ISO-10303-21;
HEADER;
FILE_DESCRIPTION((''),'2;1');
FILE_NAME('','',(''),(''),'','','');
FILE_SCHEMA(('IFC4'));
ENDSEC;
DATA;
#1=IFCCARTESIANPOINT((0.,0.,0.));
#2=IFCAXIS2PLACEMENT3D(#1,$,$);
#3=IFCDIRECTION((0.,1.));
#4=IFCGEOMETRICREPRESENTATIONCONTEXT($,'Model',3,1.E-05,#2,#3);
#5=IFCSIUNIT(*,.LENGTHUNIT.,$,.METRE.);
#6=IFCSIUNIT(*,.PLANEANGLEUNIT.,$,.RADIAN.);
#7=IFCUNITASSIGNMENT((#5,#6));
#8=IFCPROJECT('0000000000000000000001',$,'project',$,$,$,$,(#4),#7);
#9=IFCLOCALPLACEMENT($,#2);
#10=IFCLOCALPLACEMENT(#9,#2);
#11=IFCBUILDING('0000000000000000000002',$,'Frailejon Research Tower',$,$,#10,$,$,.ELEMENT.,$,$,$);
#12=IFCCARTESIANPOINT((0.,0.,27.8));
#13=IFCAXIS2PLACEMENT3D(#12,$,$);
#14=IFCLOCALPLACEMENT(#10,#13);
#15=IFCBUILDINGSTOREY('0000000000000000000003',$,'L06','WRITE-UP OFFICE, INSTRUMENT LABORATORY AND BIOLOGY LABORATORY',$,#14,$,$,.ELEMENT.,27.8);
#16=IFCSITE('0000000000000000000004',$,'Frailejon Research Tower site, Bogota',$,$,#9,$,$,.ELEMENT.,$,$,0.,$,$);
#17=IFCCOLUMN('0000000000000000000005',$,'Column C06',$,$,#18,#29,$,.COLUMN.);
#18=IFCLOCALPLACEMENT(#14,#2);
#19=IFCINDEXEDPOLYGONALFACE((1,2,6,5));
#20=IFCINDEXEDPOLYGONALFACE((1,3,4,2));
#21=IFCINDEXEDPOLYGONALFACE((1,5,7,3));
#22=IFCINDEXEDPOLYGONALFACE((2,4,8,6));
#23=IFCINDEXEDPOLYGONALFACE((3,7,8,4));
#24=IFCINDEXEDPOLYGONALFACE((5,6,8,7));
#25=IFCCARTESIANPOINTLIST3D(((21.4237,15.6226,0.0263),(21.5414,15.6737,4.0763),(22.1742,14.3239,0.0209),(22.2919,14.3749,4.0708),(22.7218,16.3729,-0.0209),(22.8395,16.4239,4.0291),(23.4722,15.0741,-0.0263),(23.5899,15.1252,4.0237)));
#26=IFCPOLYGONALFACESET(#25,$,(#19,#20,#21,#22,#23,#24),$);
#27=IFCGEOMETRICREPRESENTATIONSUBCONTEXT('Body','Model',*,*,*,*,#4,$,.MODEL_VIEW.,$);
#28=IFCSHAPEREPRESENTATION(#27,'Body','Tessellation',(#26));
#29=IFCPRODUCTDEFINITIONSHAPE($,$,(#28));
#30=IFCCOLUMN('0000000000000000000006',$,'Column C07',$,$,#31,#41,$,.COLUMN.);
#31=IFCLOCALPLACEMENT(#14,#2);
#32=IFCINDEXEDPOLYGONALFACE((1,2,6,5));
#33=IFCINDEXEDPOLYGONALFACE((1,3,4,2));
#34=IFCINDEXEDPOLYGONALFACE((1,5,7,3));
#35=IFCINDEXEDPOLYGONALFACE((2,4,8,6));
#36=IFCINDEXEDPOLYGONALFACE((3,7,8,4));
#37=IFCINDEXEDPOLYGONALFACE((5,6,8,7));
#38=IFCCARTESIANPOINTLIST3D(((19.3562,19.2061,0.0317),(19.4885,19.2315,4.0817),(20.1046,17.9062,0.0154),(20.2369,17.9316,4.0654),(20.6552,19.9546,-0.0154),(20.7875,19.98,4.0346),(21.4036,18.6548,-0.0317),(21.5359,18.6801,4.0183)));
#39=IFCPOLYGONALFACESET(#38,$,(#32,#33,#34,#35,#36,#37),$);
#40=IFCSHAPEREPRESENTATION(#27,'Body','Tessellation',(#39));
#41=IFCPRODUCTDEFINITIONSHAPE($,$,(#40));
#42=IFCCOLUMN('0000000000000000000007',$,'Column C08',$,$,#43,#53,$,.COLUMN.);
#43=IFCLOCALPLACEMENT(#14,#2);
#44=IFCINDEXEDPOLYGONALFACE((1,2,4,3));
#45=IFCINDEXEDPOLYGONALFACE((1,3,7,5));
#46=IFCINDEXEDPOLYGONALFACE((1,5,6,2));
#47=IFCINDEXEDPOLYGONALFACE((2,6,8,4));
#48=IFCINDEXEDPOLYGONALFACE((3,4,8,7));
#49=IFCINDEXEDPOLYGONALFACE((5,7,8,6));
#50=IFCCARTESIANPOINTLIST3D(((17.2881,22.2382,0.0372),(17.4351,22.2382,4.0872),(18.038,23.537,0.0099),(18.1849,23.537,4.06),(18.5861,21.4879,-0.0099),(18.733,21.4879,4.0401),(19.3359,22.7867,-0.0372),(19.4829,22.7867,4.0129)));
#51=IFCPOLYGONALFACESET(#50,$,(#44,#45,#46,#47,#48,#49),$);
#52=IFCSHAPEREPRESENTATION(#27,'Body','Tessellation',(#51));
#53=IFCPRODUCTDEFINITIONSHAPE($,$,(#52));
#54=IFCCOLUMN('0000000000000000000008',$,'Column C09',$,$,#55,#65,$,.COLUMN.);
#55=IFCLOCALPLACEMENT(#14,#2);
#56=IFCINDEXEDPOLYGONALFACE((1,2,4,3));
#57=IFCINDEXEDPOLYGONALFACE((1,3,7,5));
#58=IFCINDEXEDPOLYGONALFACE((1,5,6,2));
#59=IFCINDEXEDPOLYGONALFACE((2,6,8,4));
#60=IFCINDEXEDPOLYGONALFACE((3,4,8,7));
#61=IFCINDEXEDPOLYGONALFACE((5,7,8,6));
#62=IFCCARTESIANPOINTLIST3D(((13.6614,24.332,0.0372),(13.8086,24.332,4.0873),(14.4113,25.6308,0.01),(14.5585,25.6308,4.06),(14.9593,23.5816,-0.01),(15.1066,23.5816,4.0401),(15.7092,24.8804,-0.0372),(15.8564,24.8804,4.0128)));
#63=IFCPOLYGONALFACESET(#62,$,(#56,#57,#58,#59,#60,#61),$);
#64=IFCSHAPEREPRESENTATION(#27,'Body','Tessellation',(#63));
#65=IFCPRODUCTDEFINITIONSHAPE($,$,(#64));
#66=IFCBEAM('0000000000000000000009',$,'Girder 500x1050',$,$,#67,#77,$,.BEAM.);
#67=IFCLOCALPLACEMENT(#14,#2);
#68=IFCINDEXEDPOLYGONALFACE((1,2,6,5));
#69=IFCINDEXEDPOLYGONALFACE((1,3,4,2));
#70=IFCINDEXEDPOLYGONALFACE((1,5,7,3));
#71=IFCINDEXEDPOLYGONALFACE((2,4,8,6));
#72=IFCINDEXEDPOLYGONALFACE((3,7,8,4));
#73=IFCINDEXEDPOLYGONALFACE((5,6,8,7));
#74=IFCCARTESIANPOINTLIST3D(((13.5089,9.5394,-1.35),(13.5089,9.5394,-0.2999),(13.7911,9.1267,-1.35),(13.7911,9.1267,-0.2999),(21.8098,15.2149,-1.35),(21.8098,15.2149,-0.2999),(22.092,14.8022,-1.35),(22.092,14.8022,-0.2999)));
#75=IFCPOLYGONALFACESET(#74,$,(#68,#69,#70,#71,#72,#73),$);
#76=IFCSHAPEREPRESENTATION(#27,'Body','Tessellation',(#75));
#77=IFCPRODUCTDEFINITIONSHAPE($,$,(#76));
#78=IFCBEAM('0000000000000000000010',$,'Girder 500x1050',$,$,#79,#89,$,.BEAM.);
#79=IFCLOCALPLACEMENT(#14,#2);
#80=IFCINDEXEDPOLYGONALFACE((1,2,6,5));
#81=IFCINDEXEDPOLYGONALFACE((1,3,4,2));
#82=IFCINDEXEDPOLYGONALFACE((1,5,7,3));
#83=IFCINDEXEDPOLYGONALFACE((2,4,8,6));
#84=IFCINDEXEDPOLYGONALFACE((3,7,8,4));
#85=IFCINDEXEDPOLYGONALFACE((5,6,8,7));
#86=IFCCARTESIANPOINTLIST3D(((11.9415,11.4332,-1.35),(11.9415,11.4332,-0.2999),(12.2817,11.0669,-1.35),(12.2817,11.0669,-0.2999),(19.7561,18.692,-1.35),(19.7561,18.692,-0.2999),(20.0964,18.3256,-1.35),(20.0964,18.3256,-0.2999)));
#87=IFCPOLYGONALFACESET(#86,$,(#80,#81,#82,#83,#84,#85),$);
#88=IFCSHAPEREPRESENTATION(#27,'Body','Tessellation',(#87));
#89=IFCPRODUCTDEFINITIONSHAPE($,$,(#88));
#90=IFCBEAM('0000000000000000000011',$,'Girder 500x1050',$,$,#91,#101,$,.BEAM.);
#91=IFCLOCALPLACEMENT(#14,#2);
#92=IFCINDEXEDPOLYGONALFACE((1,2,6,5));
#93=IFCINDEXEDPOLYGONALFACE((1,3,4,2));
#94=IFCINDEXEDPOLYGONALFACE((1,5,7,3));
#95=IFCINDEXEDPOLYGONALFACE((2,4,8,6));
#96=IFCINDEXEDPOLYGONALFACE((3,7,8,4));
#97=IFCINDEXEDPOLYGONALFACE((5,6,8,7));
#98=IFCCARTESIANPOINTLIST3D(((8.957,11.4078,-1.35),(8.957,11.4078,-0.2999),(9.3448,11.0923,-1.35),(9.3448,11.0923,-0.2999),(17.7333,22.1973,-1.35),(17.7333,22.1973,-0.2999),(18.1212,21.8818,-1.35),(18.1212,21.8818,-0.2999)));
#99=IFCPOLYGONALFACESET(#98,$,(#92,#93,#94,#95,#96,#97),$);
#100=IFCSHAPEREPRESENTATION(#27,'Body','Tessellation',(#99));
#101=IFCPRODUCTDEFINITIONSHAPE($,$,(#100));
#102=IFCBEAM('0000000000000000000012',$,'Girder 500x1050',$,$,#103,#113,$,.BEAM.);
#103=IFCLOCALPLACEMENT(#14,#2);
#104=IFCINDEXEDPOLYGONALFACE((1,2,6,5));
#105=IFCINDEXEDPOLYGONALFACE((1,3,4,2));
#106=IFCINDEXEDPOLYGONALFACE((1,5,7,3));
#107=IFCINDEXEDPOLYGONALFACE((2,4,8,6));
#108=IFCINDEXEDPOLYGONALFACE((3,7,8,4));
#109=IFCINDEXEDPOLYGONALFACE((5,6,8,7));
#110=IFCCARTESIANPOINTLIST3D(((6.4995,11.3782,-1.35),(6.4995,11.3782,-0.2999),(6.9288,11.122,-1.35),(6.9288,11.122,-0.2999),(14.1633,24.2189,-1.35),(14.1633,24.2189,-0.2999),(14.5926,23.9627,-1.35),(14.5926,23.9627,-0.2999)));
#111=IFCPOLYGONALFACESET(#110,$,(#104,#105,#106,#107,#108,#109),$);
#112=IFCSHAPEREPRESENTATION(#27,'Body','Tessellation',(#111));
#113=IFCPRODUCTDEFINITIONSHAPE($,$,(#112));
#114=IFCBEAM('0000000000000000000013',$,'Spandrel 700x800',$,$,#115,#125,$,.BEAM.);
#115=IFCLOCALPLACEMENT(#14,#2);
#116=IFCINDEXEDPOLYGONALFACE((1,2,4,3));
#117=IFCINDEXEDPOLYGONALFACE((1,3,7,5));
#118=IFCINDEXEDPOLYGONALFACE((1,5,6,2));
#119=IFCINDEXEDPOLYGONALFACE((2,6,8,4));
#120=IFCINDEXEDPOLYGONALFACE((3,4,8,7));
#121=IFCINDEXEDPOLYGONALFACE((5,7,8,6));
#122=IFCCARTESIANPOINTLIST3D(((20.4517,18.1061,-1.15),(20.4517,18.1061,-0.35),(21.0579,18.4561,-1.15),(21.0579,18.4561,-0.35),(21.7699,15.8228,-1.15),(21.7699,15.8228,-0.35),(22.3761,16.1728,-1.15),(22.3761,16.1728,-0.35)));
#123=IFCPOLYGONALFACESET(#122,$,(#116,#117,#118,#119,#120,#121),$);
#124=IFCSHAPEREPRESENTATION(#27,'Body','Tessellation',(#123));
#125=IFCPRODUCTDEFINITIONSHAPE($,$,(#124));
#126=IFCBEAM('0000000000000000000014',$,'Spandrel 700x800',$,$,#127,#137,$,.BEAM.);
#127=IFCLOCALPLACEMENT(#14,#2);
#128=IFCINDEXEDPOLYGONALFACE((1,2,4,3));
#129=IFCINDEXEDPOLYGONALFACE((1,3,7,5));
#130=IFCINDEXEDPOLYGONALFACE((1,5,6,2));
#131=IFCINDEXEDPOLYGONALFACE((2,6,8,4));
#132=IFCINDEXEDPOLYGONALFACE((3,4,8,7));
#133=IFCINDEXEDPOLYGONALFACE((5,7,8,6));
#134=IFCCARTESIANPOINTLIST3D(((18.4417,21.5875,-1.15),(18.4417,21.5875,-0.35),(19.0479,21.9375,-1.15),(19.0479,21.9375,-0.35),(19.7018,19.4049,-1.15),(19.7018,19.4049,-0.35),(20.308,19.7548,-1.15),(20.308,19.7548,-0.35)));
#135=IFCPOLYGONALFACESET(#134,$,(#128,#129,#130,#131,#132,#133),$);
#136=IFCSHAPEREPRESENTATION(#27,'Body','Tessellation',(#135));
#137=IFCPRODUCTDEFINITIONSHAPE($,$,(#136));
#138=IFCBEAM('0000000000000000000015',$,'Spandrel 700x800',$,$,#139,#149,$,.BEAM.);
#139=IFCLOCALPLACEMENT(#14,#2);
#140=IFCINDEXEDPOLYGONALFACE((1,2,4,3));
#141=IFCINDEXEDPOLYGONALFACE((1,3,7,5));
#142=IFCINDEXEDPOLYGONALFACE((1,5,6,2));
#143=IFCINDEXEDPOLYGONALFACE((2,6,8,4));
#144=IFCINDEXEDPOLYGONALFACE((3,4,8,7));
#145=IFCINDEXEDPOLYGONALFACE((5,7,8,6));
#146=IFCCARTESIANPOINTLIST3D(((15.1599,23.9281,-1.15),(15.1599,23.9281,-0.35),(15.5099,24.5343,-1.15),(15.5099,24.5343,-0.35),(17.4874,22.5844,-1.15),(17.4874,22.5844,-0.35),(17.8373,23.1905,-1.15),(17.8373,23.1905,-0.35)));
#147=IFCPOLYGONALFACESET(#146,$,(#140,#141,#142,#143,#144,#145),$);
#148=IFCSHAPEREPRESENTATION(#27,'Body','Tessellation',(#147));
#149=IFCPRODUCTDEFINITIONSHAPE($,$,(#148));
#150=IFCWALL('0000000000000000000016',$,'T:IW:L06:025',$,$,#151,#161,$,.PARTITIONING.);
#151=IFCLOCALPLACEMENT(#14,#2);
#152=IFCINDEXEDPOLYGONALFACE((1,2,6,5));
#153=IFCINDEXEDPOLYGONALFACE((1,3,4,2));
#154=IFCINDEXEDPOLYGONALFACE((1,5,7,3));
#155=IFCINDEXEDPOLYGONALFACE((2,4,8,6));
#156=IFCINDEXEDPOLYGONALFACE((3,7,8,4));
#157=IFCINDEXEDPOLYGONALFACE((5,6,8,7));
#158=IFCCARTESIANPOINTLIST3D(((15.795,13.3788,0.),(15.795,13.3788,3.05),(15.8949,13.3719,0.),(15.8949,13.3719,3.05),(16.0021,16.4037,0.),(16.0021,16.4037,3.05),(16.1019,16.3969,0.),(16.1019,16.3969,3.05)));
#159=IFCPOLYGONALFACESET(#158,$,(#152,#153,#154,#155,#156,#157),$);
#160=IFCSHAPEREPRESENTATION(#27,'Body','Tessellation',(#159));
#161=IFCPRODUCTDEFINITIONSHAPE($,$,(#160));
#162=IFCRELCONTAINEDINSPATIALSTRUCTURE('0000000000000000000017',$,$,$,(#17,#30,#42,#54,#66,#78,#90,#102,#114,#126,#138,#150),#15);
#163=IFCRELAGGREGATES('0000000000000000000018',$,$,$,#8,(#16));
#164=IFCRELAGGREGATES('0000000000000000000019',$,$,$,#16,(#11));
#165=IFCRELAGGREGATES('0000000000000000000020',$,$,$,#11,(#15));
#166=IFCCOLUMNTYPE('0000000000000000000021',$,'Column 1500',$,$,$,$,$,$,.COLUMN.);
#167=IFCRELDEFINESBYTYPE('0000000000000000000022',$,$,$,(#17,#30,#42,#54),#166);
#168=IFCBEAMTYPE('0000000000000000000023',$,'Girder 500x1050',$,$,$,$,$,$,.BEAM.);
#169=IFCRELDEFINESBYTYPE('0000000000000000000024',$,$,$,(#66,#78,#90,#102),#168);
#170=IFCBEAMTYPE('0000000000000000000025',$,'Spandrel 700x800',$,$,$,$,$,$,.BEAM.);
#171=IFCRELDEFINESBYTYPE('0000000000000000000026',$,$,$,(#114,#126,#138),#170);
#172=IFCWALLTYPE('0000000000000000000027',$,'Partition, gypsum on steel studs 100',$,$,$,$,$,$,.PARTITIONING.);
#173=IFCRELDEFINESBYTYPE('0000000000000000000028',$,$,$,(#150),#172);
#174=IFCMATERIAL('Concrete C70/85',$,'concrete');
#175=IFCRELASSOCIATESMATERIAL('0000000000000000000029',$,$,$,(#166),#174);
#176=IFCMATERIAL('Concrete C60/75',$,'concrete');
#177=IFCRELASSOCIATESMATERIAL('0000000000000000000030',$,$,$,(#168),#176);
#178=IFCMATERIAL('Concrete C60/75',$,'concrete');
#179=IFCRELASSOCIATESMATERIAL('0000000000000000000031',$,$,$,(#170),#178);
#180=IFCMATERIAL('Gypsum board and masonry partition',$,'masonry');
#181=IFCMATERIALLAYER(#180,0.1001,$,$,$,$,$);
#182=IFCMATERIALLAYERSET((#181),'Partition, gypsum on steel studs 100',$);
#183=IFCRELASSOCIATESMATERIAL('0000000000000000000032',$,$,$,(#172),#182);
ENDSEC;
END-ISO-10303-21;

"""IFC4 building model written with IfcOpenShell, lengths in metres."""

from ifc_helpers import new_model, si_unit, direction, frame, frame_2d, origin, origin_2d, place, context, subcontext, project, spatial, rectangle, extrude, material, layer, layer_set, material_profile, profile_set, type_object, element, save


model = new_model("IFC4")

# Units and contexts
model_context = context("Model", 3, precision=1e-05, world=origin(), true_north=direction((0.0, 1.0)))
body_context = subcontext(model_context, "Body", "Model", "MODEL_VIEW")
ifc_project = project(units=[si_unit("LENGTHUNIT", "METRE"), si_unit("PLANEANGLEUNIT", "RADIAN")], contexts=[model_context])

# Site, building, storey
site_placement = place(None, origin())
site = spatial("IfcSite", under=ifc_project, at=site_placement, Name="Frailejon Research Tower site, Bogota", CompositionType="ELEMENT", RefElevation=0.0)
building_placement = place(site_placement, origin())
building = spatial("IfcBuilding", under=site, at=building_placement, Name="Frailejon Research Tower", CompositionType="ELEMENT")
storey_placement = place(building_placement, frame((0.0, 0.0, 27.8)))
storey = spatial("IfcBuildingStorey", under=building, at=storey_placement, Name="L06", Description="WRITE-UP OFFICE, INSTRUMENT LABORATORY AND BIOLOGY LABORATORY", CompositionType="ELEMENT", Elevation=27.8)

# Columns
ifc_material_1 = material(Name="Concrete C70/85", Category="concrete")
ifc_material_profile_1 = material_profile(ifc_material_1, rectangle(XDim=1.5, YDim=1.5, at=origin_2d()), Name="Column 1500")
ifc_profile_set_1 = profile_set([ifc_material_profile_1], Name="Concrete C70/85")
column_type = type_object("IfcColumnType", Name="Column 1500", PredefinedType="COLUMN", material=ifc_profile_set_1)
column_1_placement = place(storey_placement, frame((22.448, 15.3484, 0.0), z_axis=(0.029041, 0.012592, 0.999499), x_axis=(-0.500309, 0.865839, 0.003628)))
element("IfcColumn", 1, at=column_1_placement, inside=storey, type_object=column_type, Name="Column C06", PredefinedType="COLUMN", context=body_context, shape_type="SweptSolid", body=[
    extrude(rectangle(XDim=1.5, YDim=1.5, at=origin_2d()), origin(), (0.0, 0.0, 1.0), 4.052),
])
column_2_placement = place(storey_placement, frame((20.3799, 18.9304, 0.0), z_axis=(0.032654, 0.006266, 0.999447), x_axis=(-0.498938, 0.86657, 0.010869)))
element("IfcColumn", 2, at=column_2_placement, inside=storey, type_object=column_type, Name="Column C07", PredefinedType="COLUMN", context=body_context, shape_type="SweptSolid", body=[
    extrude(rectangle(XDim=1.5, YDim=1.5, at=origin_2d()), origin(), (0.0, 0.0, 1.0), 4.0522),
])
for number, where, z_axis, x_axis, name in (
    (3, (18.312, 22.5125, 0.0), (0.036265, 0.0, 0.999342), (-0.865314, 0.500246, 0.031401), "Column C08"),
    (4, (14.6853, 24.6062, 0.0), (0.036325, 0.0, 0.99934), (-0.865312, 0.500246, 0.031454), "Column C09"),
):
    element("IfcColumn", number, at=place(storey_placement, frame(where, z_axis=z_axis, x_axis=x_axis)), inside=storey, type_object=column_type, Name=name, PredefinedType="COLUMN", context=body_context, shape_type="SweptSolid", body=[
        extrude(rectangle(XDim=1.5, YDim=1.5, at=origin_2d()), origin(), (0.0, 0.0, 1.0), 4.0527),
    ])

# Beams
ifc_material_2 = material(Name="Concrete C60/75", Category="concrete")
ifc_material_profile_2 = material_profile(ifc_material_2, rectangle(XDim=0.5, YDim=1.05, at=origin_2d()), Name="Girder 500x1050")
ifc_profile_set_2 = profile_set([ifc_material_profile_2], Name="Concrete C60/75")
beam_type_1 = type_object("IfcBeamType", Name="Girder 500x1050", PredefinedType="BEAM", material=ifc_profile_set_2)
beam_1_placement = place(storey_placement, frame((21.9509, 15.0085, -0.825), z_axis=(-0.825498, -0.564405, 0.0), x_axis=(0.564405, -0.825498, 0.0)))
element("IfcBeam", 5, at=beam_1_placement, inside=storey, type_object=beam_type_1, Name="Girder 500x1050", PredefinedType="BEAM", context=body_context, shape_type="SweptSolid", body=[
    extrude(rectangle(XDim=0.5, YDim=1.05, at=origin_2d()), origin(), (0.0, 0.0, 1.0), 10.0557),
])
beam_2_placement = place(storey_placement, frame((19.9263, 18.5088, -0.825), z_axis=(-0.732687, -0.680566, 0.0), x_axis=(0.680566, -0.732687, 0.0)))
element("IfcBeam", 6, at=beam_2_placement, inside=storey, type_object=beam_type_1, Name="Girder 500x1050", PredefinedType="BEAM", context=body_context, shape_type="SweptSolid", body=[
    extrude(rectangle(XDim=0.5, YDim=1.05, at=origin_2d()), origin(), (0.0, 0.0, 1.0), 10.6658),
])
beam_3_placement = place(storey_placement, frame((17.9272, 22.0396, -0.825), z_axis=(-0.631019, -0.775767, 0.0), x_axis=(0.775767, -0.631019, 0.0)))
element("IfcBeam", 7, at=beam_3_placement, inside=storey, type_object=beam_type_1, Name="Girder 500x1050", PredefinedType="BEAM", context=body_context, shape_type="SweptSolid", body=[
    extrude(rectangle(XDim=0.5, YDim=1.05, at=origin_2d()), origin(), (0.0, 0.0, 1.0), 13.9082),
])
beam_4_placement = place(storey_placement, frame((14.3779, 24.0908, -0.825), z_axis=(-0.512494, -0.858691, 0.0), x_axis=(0.858691, -0.512494, 0.0)))
element("IfcBeam", 8, at=beam_4_placement, inside=storey, type_object=beam_type_1, Name="Girder 500x1050", PredefinedType="BEAM", context=body_context, shape_type="SweptSolid", body=[
    extrude(rectangle(XDim=0.5, YDim=1.05, at=origin_2d()), origin(), (0.0, 0.0, 1.0), 14.9539),
])
ifc_material_3 = material(Name="Concrete C60/75", Category="concrete")
ifc_material_profile_3 = material_profile(ifc_material_3, rectangle(XDim=0.7, YDim=0.8, at=origin_2d()), Name="Spandrel 700x800")
ifc_profile_set_3 = profile_set([ifc_material_profile_3], Name="Concrete C60/75")
beam_type_2 = type_object("IfcBeamType", Name="Spandrel 700x800", PredefinedType="BEAM", material=ifc_profile_set_3)
beam_5_placement = place(storey_placement, frame((22.073, 15.9978, -0.75), z_axis=(-0.499974, 0.866041, 0.0), x_axis=(-0.866041, -0.499974, 0.0)))
element("IfcBeam", 9, at=beam_5_placement, inside=storey, type_object=beam_type_2, Name="Spandrel 700x800", PredefinedType="BEAM", context=body_context, shape_type="SweptSolid", body=[
    extrude(rectangle(XDim=0.7, YDim=0.8, at=origin_2d()), origin(), (0.0, 0.0, 1.0), 2.6365),
])
beam_6_placement = place(storey_placement, frame((20.0049, 19.5798, -0.75), z_axis=(-0.499963, 0.866047, 0.0), x_axis=(-0.866047, -0.499963, 0.0)))
element("IfcBeam", 10, at=beam_6_placement, inside=storey, type_object=beam_type_2, Name="Spandrel 700x800", PredefinedType="BEAM", context=body_context, shape_type="SweptSolid", body=[
    extrude(rectangle(XDim=0.7, YDim=0.8, at=origin_2d()), origin(), (0.0, 0.0, 1.0), 2.5203),
])
beam_7_placement = place(storey_placement, frame((17.6624, 22.8875, -0.75), z_axis=(-0.866021, 0.500008, 0.0), x_axis=(-0.500008, -0.866021, 0.0)))
element("IfcBeam", 11, at=beam_7_placement, inside=storey, type_object=beam_type_2, Name="Spandrel 700x800", PredefinedType="BEAM", context=body_context, shape_type="SweptSolid", body=[
    extrude(rectangle(XDim=0.7, YDim=0.8, at=origin_2d()), origin(), (0.0, 0.0, 1.0), 2.6875),
])

# Wall
ifc_material_4 = material(Name="Gypsum board and masonry partition", Category="masonry")
ifc_layer_1 = layer(ifc_material_4, 0.1001)
ifc_layer_set_1 = layer_set([ifc_layer_1], Name="Partition, gypsum on steel studs 100")
wall_type_1 = type_object("IfcWallType", Name="Partition, gypsum on steel studs 100", PredefinedType="PARTITIONING", material=ifc_layer_set_1)
wall_1_placement = place(storey_placement, frame((15.845, 13.3752, 0.0), z_axis=(0.0, 0.0, 1.0), x_axis=(0.068283, 0.997666, 0.0)))
element("IfcWall", 12, at=wall_1_placement, inside=storey, type_object=wall_type_1, Name="T:IW:L06:025", PredefinedType="PARTITIONING", context=body_context, shape_type="SweptSolid", body=[
    extrude(rectangle(XDim=3.032, YDim=0.1001, at=frame_2d((1.5161, 0.0))), origin(), (0.0, 0.0, 1.0), 3.05),
])

save(model, "model.ifc")
